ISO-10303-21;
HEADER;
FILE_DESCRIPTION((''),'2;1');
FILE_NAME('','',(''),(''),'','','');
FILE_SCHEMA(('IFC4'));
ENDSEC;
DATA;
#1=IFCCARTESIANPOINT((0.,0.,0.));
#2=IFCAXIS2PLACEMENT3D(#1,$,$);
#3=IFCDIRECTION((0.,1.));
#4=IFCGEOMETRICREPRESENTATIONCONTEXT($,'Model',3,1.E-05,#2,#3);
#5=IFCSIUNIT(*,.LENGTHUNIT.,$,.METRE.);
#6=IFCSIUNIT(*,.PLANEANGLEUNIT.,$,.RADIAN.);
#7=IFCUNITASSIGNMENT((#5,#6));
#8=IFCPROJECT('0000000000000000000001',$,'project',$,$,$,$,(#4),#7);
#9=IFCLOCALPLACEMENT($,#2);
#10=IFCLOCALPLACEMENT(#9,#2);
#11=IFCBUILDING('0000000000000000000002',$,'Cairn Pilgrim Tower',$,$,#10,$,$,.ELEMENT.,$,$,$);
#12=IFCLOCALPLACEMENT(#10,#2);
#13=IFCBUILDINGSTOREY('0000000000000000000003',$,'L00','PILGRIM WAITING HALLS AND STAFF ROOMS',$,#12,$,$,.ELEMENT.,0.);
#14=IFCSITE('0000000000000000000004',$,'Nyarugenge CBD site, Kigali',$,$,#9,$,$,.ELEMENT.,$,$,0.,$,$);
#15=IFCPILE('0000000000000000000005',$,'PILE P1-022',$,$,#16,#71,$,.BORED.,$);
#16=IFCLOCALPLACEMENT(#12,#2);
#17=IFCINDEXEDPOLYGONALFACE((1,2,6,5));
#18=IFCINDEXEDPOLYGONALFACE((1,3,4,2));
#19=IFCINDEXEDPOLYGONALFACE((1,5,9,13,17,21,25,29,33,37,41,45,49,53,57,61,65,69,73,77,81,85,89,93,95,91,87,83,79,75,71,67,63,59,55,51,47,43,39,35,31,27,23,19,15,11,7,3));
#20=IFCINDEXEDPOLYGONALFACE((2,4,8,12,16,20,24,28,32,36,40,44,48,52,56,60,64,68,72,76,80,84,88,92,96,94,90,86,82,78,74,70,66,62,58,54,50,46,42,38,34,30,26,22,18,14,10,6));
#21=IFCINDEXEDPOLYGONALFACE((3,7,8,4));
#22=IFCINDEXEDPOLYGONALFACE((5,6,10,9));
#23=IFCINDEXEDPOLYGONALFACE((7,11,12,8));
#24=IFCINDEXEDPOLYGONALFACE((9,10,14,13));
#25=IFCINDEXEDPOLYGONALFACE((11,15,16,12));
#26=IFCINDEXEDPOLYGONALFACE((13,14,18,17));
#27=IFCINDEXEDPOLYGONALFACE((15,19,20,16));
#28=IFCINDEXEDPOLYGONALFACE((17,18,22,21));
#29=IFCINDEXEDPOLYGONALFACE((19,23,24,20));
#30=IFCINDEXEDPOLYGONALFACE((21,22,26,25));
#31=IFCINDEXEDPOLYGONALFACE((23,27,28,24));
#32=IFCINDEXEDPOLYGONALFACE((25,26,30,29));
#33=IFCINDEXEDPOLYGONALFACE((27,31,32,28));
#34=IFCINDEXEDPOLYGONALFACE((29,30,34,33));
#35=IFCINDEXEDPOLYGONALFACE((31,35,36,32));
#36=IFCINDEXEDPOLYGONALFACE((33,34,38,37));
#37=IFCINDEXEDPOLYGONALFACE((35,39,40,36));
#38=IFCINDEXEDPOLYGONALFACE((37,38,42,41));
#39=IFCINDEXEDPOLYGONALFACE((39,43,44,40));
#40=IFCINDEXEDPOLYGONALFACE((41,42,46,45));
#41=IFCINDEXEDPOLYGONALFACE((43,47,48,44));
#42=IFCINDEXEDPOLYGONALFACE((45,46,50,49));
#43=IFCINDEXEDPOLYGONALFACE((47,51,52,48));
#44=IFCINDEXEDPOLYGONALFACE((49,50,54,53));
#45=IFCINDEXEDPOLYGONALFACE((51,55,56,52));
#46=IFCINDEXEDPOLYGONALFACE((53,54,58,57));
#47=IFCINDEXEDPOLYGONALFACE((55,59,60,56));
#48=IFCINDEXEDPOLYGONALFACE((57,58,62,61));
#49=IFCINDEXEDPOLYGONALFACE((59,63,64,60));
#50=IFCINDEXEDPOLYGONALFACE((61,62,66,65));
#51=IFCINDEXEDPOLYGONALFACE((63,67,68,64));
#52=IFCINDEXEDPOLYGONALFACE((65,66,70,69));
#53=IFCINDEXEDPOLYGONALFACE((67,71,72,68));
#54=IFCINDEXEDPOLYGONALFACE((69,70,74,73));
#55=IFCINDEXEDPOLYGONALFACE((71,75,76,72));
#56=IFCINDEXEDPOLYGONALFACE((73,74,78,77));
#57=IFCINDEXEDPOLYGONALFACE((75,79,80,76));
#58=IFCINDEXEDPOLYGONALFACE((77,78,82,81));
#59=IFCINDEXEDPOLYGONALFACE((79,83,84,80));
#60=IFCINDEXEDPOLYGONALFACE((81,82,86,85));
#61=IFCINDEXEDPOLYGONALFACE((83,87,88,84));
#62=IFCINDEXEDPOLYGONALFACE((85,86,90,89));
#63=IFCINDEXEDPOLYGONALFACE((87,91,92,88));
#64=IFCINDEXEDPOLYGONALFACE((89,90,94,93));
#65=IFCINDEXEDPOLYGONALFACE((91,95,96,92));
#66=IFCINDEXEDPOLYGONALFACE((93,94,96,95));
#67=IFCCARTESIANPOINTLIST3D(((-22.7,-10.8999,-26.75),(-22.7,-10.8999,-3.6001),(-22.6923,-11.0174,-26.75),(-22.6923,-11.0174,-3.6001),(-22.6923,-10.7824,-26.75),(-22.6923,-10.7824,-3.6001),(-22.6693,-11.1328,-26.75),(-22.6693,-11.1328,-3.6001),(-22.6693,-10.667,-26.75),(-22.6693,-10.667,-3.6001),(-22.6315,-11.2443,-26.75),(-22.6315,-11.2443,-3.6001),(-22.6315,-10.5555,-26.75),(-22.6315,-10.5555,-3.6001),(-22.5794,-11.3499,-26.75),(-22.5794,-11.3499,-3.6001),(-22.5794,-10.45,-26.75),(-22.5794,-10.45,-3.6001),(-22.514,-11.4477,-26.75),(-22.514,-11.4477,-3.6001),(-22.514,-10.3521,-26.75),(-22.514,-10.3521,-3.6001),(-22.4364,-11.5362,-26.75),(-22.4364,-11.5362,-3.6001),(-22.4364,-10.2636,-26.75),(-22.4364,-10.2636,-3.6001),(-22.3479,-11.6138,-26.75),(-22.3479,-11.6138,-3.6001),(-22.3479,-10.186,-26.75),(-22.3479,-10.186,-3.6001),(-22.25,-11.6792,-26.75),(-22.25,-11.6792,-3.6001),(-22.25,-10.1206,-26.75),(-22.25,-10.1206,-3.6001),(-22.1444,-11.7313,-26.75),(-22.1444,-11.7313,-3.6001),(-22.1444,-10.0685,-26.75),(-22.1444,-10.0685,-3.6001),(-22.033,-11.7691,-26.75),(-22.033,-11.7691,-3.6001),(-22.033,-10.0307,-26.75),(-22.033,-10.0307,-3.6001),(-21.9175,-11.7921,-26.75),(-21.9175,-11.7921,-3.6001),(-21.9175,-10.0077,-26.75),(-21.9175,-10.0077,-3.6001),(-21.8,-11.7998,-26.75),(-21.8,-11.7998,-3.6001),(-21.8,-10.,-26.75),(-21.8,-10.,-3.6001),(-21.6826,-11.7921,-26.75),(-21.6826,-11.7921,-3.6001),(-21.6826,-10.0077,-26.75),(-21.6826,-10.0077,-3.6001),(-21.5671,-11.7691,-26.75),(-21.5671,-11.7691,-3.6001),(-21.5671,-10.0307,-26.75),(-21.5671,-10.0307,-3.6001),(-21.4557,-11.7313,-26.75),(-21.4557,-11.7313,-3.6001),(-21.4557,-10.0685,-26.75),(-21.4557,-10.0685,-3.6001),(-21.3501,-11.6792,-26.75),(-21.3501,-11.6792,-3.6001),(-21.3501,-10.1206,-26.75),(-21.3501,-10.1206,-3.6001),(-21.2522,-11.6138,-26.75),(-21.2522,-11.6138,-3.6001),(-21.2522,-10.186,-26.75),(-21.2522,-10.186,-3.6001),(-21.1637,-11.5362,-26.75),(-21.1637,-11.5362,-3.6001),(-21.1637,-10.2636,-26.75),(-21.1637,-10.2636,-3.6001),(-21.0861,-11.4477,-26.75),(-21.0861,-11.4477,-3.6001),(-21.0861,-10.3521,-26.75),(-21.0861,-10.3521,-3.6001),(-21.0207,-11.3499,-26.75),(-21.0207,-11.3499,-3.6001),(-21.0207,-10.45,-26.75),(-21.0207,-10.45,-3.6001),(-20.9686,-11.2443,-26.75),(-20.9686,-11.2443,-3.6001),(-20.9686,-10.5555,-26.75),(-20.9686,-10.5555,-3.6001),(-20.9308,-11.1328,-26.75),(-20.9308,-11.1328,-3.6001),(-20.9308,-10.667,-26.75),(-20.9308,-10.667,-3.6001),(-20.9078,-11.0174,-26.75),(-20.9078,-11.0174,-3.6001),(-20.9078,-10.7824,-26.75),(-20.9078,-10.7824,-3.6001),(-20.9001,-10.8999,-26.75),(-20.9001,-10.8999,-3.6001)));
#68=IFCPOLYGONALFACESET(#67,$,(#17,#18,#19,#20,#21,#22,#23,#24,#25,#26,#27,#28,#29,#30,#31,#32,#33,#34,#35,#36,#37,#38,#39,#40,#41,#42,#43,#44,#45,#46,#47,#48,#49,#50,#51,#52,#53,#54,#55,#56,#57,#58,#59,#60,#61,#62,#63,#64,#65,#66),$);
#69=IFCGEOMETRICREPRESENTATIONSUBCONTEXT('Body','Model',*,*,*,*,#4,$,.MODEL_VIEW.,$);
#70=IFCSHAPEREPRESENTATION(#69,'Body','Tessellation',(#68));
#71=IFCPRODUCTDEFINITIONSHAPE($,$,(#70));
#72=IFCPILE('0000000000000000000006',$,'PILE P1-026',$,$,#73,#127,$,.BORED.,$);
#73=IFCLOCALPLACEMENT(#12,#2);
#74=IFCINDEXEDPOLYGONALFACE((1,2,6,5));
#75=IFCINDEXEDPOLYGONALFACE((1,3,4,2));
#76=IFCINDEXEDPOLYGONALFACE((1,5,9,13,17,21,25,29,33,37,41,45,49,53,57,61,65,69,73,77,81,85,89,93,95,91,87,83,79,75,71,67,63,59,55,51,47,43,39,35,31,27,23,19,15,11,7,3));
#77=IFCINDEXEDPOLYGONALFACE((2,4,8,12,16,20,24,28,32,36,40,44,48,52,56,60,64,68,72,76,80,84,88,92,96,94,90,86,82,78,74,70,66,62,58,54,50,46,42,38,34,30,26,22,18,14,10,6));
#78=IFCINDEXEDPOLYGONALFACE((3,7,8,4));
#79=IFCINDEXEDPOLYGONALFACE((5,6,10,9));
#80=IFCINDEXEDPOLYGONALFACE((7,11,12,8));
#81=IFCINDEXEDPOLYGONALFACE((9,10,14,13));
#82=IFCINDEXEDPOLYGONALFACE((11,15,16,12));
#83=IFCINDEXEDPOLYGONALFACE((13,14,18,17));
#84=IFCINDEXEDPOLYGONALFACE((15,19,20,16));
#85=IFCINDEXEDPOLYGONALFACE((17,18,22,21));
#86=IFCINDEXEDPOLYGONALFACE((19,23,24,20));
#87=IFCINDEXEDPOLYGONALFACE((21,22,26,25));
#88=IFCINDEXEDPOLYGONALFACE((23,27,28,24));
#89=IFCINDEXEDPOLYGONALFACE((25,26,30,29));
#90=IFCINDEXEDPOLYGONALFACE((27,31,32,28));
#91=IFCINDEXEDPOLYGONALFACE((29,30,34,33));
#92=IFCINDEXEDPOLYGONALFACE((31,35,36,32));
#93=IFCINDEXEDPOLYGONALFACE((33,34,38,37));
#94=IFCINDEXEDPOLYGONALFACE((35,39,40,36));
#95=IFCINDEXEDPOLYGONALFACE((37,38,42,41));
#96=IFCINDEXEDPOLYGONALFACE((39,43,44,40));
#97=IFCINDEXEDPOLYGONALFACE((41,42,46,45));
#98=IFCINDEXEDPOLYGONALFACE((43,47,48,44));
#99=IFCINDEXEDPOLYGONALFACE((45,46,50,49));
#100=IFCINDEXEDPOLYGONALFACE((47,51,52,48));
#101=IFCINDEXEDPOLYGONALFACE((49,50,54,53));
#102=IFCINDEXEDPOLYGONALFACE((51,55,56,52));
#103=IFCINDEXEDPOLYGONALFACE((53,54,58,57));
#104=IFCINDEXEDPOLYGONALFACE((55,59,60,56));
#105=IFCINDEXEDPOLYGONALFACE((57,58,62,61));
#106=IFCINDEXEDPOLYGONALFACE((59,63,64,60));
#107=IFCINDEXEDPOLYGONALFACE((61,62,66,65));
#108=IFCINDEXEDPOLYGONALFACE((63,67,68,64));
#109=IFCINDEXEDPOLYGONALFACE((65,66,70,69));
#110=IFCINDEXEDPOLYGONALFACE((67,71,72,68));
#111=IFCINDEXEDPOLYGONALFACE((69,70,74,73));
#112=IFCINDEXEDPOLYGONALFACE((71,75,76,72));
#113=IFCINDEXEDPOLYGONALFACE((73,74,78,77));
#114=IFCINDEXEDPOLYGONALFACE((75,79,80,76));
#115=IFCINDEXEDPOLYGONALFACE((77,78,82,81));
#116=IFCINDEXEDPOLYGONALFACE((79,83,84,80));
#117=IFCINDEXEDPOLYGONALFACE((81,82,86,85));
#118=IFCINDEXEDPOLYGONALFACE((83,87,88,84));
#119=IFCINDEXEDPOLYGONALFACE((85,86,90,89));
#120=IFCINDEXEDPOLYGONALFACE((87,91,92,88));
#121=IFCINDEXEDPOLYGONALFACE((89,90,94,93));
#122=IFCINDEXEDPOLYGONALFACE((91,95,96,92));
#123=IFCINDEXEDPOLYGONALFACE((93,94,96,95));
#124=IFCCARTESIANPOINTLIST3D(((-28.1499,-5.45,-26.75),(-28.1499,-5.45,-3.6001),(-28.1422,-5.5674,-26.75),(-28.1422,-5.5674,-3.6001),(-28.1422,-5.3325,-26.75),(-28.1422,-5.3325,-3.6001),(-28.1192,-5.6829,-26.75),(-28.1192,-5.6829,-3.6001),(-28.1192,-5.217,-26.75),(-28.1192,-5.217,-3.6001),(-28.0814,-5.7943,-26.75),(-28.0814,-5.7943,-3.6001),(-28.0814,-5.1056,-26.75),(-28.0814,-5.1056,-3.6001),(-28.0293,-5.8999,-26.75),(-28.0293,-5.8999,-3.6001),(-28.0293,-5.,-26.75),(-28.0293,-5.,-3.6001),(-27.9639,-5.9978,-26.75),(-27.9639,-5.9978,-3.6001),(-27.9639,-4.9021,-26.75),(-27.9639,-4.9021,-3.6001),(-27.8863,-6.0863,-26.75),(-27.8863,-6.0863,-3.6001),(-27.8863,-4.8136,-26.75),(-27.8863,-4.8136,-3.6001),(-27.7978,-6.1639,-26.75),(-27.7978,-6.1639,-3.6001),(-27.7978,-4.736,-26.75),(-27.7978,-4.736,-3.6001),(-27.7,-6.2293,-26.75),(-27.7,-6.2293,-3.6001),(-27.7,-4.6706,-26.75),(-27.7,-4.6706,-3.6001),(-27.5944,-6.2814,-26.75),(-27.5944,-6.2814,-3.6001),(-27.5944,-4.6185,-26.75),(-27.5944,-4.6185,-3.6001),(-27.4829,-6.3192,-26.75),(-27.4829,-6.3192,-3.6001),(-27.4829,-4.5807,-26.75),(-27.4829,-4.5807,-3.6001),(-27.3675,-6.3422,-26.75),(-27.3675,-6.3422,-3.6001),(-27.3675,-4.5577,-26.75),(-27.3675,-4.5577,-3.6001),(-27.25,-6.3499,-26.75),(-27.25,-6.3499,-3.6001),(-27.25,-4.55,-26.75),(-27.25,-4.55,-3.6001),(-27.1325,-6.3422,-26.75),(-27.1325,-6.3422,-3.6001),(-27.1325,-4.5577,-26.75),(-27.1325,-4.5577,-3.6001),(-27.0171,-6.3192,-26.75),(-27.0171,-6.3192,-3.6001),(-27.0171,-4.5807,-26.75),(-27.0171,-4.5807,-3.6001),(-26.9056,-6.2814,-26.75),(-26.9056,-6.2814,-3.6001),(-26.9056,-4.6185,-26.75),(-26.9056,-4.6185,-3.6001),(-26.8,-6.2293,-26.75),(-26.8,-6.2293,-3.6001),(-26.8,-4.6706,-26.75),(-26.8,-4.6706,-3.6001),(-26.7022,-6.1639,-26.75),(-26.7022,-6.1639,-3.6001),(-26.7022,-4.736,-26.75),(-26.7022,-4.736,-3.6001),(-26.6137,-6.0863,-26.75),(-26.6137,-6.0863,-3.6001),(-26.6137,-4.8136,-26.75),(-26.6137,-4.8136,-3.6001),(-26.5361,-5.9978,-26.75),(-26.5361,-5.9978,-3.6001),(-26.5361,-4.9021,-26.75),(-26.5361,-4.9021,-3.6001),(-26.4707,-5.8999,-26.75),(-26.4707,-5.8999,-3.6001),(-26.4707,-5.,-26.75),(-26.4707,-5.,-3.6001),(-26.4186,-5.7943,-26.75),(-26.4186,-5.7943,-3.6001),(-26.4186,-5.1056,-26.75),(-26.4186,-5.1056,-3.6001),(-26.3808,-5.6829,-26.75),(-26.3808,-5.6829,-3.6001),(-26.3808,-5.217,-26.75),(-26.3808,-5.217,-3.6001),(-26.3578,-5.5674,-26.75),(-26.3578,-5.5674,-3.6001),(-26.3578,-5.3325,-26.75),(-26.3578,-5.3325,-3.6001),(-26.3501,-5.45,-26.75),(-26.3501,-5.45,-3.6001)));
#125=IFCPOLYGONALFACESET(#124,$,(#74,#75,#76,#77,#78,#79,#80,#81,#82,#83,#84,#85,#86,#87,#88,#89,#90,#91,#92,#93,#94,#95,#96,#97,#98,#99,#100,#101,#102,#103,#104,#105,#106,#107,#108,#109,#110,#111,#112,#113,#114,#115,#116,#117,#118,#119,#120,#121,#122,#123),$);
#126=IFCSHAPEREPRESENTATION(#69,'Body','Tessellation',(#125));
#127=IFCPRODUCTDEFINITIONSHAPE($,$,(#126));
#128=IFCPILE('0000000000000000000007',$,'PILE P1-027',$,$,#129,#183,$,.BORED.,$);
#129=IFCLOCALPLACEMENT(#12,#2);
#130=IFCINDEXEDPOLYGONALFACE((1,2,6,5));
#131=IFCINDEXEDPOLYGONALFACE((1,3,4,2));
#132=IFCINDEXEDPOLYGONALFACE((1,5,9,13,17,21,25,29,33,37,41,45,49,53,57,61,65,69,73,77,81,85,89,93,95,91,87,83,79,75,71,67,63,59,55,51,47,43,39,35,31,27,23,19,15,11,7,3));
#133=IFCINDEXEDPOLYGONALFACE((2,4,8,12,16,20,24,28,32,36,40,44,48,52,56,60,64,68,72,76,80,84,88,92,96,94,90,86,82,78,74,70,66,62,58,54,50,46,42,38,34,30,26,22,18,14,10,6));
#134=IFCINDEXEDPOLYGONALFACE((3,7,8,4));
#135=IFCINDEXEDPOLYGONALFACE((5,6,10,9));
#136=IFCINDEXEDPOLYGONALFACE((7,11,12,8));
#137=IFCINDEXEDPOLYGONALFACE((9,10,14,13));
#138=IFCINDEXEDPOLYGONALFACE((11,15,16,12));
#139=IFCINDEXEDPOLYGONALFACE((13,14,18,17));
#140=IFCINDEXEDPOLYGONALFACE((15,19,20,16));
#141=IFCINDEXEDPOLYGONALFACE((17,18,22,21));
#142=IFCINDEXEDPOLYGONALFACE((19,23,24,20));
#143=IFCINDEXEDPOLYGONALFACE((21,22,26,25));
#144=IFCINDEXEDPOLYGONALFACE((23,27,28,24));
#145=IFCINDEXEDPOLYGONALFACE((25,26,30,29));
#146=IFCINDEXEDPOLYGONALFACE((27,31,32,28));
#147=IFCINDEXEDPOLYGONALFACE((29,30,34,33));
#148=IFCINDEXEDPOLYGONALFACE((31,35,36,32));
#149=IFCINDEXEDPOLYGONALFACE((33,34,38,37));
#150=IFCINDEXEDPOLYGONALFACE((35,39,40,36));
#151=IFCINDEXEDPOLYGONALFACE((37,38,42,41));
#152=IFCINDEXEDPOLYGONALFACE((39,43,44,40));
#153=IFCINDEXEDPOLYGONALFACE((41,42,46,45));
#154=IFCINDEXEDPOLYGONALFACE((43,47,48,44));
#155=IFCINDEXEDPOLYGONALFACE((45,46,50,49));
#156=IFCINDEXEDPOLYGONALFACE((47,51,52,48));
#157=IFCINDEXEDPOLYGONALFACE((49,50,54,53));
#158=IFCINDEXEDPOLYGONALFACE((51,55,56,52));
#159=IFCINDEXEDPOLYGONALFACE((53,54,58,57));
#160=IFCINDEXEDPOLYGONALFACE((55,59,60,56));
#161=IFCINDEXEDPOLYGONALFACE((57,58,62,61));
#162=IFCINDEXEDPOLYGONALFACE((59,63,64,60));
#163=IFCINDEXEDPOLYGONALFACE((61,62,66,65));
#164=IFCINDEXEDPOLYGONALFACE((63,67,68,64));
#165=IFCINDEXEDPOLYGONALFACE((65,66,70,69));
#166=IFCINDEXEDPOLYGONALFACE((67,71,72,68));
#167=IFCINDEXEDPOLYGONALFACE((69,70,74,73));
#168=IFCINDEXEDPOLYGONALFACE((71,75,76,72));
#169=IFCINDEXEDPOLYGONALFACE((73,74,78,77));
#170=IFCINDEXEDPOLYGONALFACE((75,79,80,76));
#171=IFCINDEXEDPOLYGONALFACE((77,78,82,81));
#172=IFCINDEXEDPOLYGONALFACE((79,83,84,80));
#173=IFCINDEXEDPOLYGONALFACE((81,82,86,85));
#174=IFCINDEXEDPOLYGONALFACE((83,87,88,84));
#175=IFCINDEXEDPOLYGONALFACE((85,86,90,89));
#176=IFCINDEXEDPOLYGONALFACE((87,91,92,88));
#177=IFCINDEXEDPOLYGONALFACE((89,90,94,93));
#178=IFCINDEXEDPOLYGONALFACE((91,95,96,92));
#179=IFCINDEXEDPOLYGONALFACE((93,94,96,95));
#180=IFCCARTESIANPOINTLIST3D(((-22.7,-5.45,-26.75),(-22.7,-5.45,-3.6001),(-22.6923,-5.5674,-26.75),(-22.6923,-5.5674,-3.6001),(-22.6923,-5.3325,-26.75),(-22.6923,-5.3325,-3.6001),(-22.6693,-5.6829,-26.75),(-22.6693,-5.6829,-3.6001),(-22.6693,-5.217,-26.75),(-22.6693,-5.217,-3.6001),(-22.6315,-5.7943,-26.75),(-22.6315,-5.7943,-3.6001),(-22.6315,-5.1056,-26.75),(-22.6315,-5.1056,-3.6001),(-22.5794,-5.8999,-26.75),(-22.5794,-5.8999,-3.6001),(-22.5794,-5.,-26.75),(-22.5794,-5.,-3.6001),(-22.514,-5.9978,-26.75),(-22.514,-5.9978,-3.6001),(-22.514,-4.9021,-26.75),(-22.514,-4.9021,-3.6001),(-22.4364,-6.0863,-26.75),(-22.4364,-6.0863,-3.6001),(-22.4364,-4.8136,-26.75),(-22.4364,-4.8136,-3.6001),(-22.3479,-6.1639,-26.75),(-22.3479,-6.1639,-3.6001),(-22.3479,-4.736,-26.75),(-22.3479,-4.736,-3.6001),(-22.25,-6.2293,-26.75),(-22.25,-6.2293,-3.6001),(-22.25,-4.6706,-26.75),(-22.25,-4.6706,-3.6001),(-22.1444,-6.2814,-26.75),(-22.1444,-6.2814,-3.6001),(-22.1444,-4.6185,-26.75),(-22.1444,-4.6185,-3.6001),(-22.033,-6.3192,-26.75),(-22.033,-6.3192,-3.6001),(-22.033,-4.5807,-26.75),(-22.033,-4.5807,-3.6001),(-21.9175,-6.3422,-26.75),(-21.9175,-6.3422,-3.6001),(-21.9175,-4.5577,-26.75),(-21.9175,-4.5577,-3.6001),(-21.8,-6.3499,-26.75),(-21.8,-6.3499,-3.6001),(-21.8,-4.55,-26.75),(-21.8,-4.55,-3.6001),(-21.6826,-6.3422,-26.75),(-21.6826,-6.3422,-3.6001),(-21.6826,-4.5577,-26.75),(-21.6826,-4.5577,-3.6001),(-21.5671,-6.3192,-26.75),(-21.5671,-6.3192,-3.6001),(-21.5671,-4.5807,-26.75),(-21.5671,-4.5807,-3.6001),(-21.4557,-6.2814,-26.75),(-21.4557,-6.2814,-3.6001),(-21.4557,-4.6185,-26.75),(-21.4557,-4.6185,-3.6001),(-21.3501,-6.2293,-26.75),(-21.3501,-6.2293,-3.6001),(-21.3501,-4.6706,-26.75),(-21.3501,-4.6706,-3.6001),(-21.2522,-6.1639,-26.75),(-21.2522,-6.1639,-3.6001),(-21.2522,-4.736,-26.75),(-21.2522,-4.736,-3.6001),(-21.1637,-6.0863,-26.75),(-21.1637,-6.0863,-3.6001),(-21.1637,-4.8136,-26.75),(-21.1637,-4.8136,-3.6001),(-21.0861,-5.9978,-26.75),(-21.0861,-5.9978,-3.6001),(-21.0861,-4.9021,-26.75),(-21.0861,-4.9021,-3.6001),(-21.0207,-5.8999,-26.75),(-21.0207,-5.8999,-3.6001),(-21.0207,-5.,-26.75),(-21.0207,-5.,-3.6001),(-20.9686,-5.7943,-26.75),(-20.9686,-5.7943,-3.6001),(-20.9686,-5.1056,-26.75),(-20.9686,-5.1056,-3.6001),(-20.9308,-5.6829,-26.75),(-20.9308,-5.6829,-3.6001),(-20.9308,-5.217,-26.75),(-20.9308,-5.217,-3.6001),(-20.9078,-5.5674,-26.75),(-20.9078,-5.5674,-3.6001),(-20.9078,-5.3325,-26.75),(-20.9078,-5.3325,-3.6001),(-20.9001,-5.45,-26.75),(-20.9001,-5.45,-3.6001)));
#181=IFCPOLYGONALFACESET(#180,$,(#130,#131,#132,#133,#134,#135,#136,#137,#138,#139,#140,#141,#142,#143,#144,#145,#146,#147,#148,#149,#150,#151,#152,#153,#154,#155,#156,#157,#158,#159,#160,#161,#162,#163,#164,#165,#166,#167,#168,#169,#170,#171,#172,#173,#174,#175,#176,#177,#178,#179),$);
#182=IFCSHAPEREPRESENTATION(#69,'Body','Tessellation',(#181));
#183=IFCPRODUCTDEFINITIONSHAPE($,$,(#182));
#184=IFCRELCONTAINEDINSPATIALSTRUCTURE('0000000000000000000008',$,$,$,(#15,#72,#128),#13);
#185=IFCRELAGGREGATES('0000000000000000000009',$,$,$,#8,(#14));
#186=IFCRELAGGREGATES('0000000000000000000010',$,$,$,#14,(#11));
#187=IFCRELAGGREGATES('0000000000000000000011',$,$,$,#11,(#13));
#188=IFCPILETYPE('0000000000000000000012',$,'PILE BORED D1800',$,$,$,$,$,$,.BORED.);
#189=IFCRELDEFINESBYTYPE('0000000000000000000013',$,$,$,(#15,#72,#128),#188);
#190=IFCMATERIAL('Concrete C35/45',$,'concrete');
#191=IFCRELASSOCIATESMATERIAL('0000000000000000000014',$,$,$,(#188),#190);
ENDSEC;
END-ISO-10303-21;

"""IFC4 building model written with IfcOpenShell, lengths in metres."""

from ifc_helpers import new_model, si_unit, direction, frame, origin, origin_2d, place, context, subcontext, project, spatial, circle, extrude, material, material_profile, profile_set, type_object, element, save


model = new_model("IFC4")

# Units and contexts
model_context = context("Model", 3, precision=1e-05, world=origin(), true_north=direction((0.0, 1.0)))
body_context = subcontext(model_context, "Body", "Model", "MODEL_VIEW")
ifc_project = project(units=[si_unit("LENGTHUNIT", "METRE"), si_unit("PLANEANGLEUNIT", "RADIAN")], contexts=[model_context])

# Site, building, storey
site_placement = place(None, origin())
site = spatial("IfcSite", under=ifc_project, at=site_placement, Name="Nyarugenge CBD site, Kigali", CompositionType="ELEMENT", RefElevation=0.0)
building_placement = place(site_placement, origin())
building = spatial("IfcBuilding", under=site, at=building_placement, Name="Cairn Pilgrim Tower", CompositionType="ELEMENT")
storey_placement = place(building_placement, origin())
storey = spatial("IfcBuildingStorey", under=building, at=storey_placement, Name="L00", Description="PILGRIM WAITING HALLS AND STAFF ROOMS", CompositionType="ELEMENT", Elevation=0.0)

# Piles
ifc_material_1 = material(Name="Concrete C35/45", Category="concrete")
ifc_material_profile_1 = material_profile(ifc_material_1, circle(Radius=0.8999, at=origin_2d()), Name="D1800")
ifc_profile_set_1 = profile_set([ifc_material_profile_1], Name="Concrete C35/45")
pile_type = type_object("IfcPileType", Name="PILE BORED D1800", PredefinedType="BORED", material=ifc_profile_set_1)
for number, where, z_axis, x_axis, name in (
    (1, (-21.8, -10.8999, -3.6001), (0.0, 0.0, -1.0), (1.0, 0.0, 0.0), "PILE P1-022"),
    (2, (-27.25, -5.45, -3.6001), (0.0, 0.0, -1.0), (1.0, 0.0, 0.0), "PILE P1-026"),
    (3, (-21.8, -5.45, -3.6001), (0.0, 0.0, -1.0), (1.0, 0.0, 0.0), "PILE P1-027"),
):
    element("IfcPile", number, at=place(storey_placement, frame(where, z_axis=z_axis, x_axis=x_axis)), inside=storey, type_object=pile_type, Name=name, PredefinedType="BORED", context=body_context, shape_type="SweptSolid", body=[
        extrude(circle(Radius=0.8999, at=origin_2d()), origin(), (0.0, 0.0, 1.0), 23.1499),
    ])

save(model, "model.ifc")
